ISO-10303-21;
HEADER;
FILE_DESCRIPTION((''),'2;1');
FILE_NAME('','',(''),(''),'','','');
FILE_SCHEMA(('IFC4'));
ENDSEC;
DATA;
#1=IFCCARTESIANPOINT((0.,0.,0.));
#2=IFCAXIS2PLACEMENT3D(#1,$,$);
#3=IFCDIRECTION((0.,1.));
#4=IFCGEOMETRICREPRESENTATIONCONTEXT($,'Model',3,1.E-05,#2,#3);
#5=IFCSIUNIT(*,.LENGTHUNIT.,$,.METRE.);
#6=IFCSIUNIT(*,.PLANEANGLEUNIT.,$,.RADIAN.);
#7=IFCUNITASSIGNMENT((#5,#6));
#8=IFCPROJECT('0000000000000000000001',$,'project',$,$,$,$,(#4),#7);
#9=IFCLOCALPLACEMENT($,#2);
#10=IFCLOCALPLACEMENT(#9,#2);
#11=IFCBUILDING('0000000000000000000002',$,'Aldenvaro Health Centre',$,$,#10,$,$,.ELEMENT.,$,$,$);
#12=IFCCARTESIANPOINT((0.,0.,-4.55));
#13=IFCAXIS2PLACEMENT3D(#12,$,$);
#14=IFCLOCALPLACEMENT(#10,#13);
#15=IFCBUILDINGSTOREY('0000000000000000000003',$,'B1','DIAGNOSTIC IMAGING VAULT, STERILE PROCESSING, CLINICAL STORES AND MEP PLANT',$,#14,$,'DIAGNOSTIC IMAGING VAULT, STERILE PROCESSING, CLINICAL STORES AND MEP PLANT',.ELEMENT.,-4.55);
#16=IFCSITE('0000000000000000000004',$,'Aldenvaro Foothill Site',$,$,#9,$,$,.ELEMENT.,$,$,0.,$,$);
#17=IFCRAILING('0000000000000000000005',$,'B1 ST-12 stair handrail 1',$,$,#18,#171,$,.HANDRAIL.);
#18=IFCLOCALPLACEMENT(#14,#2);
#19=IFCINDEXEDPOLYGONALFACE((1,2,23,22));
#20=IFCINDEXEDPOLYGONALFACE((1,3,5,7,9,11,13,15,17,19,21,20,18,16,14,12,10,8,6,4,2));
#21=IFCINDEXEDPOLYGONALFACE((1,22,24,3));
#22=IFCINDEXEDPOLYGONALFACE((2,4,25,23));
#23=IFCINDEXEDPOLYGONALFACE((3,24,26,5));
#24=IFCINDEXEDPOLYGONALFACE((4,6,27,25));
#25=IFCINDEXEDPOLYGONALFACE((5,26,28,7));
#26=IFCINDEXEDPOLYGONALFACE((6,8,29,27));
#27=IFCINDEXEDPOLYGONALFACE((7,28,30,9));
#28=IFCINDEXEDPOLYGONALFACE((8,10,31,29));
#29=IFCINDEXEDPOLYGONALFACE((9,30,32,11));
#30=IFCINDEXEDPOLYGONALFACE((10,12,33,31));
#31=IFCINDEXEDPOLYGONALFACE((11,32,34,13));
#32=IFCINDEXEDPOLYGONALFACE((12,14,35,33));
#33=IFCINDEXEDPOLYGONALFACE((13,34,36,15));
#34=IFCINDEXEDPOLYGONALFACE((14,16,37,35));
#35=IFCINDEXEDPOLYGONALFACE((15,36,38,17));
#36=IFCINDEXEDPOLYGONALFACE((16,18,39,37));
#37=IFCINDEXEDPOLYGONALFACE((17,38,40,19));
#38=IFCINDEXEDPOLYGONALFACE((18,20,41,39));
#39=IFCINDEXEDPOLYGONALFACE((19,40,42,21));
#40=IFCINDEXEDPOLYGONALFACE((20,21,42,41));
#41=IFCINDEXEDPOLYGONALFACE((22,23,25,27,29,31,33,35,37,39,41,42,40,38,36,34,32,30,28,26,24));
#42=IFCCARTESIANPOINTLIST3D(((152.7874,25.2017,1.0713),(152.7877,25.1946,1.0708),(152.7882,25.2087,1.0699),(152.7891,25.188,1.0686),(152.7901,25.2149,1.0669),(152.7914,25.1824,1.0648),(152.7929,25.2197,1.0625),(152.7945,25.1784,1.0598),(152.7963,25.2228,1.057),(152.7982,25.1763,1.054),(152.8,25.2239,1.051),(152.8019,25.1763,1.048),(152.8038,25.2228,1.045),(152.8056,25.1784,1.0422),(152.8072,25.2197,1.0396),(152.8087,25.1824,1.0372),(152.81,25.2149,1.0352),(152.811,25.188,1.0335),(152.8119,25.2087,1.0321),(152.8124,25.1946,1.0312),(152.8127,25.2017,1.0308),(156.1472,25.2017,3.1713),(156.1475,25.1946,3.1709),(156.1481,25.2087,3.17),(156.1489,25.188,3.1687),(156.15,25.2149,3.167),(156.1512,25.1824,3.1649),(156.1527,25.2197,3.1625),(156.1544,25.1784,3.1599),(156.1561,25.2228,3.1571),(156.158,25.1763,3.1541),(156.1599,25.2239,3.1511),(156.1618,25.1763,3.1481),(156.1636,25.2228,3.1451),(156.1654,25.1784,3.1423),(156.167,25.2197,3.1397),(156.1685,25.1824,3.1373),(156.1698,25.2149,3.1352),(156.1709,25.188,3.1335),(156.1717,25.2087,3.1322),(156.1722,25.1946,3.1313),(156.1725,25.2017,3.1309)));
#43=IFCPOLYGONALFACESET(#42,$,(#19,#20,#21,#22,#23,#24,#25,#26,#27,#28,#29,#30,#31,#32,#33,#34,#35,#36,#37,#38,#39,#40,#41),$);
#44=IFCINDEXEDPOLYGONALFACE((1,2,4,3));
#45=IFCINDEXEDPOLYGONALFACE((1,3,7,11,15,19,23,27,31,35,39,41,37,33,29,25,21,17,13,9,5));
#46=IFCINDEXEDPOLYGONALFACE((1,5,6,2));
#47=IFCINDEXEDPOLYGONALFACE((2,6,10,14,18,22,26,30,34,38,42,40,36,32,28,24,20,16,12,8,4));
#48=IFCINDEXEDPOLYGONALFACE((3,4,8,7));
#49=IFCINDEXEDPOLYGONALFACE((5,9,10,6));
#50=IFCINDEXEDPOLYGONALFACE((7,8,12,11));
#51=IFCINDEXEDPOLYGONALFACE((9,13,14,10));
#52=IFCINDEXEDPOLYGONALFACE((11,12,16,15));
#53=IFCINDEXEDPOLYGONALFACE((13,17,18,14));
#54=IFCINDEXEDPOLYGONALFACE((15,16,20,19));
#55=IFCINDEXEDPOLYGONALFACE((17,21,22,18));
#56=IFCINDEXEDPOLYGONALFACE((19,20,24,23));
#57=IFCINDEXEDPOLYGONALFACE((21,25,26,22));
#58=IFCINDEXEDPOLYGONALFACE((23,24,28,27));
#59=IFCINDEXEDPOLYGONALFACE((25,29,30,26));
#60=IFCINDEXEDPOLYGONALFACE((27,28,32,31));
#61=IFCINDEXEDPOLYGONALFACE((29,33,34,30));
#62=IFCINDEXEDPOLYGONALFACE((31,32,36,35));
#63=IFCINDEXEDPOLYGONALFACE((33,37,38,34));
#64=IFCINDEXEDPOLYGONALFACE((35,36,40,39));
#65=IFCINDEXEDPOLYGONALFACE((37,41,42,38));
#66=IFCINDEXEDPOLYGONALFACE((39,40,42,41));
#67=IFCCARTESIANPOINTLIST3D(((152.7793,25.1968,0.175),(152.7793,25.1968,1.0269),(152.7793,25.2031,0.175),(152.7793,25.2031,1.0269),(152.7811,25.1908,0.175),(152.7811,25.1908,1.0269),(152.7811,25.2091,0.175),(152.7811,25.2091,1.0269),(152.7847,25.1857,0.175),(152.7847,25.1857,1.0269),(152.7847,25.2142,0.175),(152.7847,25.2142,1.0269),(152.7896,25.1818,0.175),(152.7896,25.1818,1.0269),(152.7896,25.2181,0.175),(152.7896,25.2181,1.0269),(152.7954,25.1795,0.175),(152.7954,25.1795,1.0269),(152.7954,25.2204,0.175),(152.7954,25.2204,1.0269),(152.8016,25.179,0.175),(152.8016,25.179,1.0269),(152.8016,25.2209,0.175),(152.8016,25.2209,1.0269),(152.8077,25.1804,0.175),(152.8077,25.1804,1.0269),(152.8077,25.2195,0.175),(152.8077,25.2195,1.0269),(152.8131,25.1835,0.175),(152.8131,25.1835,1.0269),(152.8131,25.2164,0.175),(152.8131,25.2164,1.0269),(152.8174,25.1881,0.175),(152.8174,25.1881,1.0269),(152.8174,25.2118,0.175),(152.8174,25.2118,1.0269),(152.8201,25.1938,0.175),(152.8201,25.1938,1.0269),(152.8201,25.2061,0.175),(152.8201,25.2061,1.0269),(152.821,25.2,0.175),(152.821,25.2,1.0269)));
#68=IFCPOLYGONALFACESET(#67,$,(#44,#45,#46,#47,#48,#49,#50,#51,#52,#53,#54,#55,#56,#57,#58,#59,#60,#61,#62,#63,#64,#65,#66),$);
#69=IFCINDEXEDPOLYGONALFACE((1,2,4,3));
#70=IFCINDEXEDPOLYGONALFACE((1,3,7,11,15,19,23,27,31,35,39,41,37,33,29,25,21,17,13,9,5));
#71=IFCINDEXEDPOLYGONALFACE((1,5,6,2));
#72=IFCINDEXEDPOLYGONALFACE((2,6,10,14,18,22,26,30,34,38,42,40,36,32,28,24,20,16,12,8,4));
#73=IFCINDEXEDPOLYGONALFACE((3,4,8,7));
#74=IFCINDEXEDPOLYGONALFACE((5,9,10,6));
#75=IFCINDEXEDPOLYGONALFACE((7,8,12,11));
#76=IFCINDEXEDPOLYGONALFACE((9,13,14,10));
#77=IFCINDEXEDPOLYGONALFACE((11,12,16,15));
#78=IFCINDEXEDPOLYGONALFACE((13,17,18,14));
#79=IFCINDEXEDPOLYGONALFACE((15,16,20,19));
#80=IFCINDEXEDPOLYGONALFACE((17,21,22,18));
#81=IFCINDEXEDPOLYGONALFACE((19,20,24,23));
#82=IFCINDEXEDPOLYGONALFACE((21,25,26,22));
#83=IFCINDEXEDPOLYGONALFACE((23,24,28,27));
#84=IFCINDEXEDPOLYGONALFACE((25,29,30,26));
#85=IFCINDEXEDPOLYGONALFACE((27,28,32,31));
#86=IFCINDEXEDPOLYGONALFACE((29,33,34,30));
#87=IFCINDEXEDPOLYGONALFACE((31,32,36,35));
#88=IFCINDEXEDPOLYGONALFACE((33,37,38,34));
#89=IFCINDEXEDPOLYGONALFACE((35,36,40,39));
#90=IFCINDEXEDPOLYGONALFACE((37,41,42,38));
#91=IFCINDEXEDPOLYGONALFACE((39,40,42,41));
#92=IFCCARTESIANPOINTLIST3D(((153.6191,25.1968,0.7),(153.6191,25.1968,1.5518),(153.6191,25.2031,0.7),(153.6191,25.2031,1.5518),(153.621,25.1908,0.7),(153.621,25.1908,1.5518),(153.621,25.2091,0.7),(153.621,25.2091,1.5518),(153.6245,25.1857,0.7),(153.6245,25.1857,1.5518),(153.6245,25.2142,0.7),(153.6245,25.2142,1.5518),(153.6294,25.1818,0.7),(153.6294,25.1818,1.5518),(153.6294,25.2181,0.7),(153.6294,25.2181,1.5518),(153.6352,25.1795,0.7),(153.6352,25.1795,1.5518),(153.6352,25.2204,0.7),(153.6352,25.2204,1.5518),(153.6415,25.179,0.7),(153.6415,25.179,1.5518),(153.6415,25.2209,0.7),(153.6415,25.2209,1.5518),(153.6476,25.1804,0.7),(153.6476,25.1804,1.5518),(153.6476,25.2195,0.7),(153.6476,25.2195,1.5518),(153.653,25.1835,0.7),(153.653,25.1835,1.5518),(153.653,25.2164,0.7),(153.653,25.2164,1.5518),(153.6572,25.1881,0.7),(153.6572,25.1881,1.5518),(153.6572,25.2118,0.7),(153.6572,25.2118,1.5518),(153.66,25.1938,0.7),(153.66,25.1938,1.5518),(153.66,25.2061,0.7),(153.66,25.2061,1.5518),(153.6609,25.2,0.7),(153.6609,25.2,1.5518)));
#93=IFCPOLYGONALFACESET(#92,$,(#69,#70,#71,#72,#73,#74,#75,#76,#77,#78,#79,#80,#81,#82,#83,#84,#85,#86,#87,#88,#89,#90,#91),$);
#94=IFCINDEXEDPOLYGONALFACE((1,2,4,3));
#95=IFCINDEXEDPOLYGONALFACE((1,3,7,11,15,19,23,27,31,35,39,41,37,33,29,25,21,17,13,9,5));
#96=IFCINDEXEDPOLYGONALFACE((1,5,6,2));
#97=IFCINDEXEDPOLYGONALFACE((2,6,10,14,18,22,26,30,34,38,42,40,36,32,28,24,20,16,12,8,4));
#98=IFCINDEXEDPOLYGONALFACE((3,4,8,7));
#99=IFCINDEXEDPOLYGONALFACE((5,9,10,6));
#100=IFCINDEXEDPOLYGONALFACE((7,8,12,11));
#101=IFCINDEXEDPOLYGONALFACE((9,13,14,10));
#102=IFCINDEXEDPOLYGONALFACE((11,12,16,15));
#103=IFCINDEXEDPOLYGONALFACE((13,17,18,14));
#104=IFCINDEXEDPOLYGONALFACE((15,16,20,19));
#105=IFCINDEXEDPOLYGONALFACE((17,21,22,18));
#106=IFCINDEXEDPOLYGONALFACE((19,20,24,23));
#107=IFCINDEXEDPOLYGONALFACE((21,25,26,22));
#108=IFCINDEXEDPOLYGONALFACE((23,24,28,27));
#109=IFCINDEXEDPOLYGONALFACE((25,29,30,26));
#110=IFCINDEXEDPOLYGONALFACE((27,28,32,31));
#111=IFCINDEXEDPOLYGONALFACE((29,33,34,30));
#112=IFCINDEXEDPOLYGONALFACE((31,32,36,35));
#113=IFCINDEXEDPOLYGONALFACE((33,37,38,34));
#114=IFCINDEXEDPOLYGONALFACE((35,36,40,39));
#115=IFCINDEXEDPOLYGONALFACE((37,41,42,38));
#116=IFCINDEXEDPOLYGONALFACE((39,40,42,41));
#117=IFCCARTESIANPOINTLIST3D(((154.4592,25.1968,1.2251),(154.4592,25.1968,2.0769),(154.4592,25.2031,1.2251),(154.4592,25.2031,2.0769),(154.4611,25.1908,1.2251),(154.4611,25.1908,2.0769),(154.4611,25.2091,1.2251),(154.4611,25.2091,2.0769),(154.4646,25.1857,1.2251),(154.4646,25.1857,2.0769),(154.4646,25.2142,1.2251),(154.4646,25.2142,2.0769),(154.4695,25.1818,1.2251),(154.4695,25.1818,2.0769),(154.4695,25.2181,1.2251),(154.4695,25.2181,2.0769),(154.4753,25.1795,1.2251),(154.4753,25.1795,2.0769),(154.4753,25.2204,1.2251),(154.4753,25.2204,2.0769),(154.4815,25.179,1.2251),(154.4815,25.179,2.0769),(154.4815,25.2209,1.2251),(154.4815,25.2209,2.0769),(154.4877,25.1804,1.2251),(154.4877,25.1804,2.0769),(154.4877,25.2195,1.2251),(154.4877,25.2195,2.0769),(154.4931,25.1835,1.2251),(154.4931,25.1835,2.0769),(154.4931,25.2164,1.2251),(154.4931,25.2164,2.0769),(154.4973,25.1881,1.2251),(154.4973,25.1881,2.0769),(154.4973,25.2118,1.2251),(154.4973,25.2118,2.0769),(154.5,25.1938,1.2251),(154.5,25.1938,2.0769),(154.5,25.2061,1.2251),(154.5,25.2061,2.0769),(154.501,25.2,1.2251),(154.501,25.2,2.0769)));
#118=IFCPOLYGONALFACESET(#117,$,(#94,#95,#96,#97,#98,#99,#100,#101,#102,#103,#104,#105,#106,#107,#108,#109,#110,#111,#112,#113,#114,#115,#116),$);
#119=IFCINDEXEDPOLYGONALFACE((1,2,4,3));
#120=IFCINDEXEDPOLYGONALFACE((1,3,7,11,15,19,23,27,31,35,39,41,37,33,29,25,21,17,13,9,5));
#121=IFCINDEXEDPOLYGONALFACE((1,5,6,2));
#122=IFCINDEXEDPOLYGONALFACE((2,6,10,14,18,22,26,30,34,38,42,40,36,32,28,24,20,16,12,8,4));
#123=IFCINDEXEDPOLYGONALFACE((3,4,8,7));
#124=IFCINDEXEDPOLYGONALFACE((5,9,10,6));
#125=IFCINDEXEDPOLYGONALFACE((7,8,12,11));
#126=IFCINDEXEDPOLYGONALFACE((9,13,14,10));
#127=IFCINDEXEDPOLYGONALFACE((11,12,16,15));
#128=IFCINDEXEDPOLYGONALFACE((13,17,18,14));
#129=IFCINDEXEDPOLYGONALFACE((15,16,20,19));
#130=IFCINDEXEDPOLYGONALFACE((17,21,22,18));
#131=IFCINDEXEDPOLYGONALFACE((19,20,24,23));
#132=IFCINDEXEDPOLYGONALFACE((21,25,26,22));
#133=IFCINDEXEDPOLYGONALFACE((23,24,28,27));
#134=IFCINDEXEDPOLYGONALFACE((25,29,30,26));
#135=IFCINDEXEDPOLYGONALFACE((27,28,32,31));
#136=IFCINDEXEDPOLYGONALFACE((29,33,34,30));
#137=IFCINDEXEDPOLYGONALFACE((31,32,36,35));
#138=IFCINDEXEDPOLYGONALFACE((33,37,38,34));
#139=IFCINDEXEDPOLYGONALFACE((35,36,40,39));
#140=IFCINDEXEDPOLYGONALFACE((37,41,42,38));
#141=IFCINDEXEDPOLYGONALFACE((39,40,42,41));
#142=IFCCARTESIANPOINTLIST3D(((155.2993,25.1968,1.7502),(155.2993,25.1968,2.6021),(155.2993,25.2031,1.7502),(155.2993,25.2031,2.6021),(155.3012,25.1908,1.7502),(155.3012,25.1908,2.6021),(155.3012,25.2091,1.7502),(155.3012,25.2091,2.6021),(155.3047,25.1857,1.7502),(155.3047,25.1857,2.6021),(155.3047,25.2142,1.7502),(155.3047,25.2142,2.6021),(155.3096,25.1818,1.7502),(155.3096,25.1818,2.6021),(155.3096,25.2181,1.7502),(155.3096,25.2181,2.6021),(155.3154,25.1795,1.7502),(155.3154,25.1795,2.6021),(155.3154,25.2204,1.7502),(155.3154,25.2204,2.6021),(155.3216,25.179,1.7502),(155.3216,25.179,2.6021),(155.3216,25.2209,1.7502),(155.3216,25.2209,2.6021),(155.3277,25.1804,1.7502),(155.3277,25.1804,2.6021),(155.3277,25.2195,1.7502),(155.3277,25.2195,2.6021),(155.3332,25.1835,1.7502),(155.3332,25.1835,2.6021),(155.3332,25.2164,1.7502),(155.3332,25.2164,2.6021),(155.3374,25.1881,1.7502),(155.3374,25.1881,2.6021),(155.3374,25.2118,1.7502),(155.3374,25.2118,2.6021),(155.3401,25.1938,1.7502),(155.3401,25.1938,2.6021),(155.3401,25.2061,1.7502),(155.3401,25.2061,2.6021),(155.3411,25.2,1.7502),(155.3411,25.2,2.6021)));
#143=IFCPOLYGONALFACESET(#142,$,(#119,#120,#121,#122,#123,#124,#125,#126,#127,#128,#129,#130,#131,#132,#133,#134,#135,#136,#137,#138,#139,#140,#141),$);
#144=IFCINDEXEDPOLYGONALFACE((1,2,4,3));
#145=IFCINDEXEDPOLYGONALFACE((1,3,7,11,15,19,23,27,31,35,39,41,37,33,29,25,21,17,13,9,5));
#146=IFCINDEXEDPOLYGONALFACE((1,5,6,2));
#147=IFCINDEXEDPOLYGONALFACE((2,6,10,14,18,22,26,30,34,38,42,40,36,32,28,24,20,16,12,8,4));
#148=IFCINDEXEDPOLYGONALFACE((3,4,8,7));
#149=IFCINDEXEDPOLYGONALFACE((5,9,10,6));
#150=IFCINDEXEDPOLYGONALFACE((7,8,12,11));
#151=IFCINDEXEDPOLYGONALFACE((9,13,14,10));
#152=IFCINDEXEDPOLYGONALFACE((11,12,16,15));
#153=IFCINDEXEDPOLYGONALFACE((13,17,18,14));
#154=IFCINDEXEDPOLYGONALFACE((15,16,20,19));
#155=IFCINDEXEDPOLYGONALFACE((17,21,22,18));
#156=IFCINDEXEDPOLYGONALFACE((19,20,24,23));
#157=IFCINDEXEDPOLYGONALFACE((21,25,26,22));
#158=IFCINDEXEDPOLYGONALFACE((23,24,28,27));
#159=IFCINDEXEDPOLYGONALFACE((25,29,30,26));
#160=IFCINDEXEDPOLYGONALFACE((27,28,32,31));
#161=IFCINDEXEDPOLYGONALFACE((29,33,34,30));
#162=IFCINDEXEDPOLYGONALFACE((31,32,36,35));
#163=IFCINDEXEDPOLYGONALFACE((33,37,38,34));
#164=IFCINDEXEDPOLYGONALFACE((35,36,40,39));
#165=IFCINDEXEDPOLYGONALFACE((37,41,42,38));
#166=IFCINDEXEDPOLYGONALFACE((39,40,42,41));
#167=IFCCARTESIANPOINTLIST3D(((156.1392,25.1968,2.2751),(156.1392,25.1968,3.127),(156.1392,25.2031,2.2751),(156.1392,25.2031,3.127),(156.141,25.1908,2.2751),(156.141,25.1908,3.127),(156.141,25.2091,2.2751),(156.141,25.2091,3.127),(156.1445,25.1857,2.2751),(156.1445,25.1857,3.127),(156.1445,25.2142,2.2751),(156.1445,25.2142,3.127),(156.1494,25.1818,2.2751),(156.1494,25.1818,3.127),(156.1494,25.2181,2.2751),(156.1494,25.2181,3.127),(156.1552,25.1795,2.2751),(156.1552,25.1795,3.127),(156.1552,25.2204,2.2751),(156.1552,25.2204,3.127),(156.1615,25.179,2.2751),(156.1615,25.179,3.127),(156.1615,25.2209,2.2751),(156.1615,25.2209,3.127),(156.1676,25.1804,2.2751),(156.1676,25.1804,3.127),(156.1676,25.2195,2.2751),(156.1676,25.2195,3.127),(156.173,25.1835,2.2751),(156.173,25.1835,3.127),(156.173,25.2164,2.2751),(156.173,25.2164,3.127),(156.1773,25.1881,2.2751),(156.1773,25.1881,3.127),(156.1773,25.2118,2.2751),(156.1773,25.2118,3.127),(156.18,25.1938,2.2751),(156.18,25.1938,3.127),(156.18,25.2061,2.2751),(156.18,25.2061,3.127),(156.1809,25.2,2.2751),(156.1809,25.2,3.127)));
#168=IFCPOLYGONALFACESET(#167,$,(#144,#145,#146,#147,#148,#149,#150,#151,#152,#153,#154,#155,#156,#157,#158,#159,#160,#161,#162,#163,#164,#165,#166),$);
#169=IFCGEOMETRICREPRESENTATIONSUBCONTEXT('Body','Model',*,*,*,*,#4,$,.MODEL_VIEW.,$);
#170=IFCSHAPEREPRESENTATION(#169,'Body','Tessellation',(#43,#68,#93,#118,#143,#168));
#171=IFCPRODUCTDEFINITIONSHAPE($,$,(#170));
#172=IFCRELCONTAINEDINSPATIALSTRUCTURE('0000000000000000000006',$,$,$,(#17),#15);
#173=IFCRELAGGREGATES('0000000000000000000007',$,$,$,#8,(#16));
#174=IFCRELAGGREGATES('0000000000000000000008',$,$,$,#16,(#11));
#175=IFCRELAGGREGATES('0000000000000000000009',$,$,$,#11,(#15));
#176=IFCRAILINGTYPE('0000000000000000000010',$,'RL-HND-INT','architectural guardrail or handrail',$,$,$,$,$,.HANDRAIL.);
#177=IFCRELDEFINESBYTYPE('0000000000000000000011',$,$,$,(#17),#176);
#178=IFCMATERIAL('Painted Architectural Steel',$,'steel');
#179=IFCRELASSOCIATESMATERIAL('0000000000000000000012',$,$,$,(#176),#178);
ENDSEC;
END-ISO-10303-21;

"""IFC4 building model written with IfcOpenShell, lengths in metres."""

from ifc_helpers import new_model, si_unit, direction, frame, origin, origin_2d, place, context, subcontext, project, spatial, circle, extrude, material, type_object, element, save


model = new_model("IFC4")

# Units and contexts
model_context = context("Model", 3, precision=1e-05, world=origin(), true_north=direction((0.0, 1.0)))
body_context = subcontext(model_context, "Body", "Model", "MODEL_VIEW")
ifc_project = project(units=[si_unit("LENGTHUNIT", "METRE"), si_unit("PLANEANGLEUNIT", "RADIAN")], contexts=[model_context])

# Site, building, storey
site_placement = place(None, origin())
site = spatial("IfcSite", under=ifc_project, at=site_placement, Name="Aldenvaro Foothill Site", CompositionType="ELEMENT", RefElevation=0.0)
building_placement = place(site_placement, origin())
building = spatial("IfcBuilding", under=site, at=building_placement, Name="Aldenvaro Health Centre", CompositionType="ELEMENT")
storey_placement = place(building_placement, frame((0.0, 0.0, -4.55)))
storey = spatial("IfcBuildingStorey", under=building, at=storey_placement, Name="B1", Description="DIAGNOSTIC IMAGING VAULT, STERILE PROCESSING, CLINICAL STORES AND MEP PLANT", LongName="DIAGNOSTIC IMAGING VAULT, STERILE PROCESSING, CLINICAL STORES AND MEP PLANT", CompositionType="ELEMENT", Elevation=-4.55)

# Railing
ifc_material_1 = material(Name="Painted Architectural Steel", Category="steel")
railing_type_1 = type_object("IfcRailingType", Name="RL-HND-INT", Description="architectural guardrail or handrail", PredefinedType="HANDRAIL", material=ifc_material_1)
railing_1_placement = place(storey_placement, frame((152.8, 25.2, 0.175)))
element("IfcRailing", 1, at=railing_1_placement, inside=storey, type_object=railing_type_1, Name="B1 ST-12 stair handrail 1", PredefinedType="HANDRAIL", context=body_context, shape_type="SweptSolid", body=[
    extrude(circle(Radius=0.0239, at=origin_2d()), frame((0.0, 0.0, 0.876), z_axis=(0.847978, 0.0, 0.530032), x_axis=(0.0, 1.0, 0.0)), (0.0, 0.0, 1.0), 3.9622),
    extrude(circle(Radius=0.021, at=origin_2d()), origin(), (0.0, 0.0, 1.0), 0.8518),
    extrude(circle(Radius=0.021, at=origin_2d()), frame((0.8398, 0.0, 0.5249)), (0.0, 0.0, 1.0), 0.8518),
    extrude(circle(Radius=0.021, at=origin_2d()), frame((1.6799, 0.0, 1.05)), (0.0, 0.0, 1.0), 0.8518),
    extrude(circle(Radius=0.021, at=origin_2d()), frame((2.52, 0.0, 1.5752)), (0.0, 0.0, 1.0), 0.8518),
    extrude(circle(Radius=0.021, at=origin_2d()), frame((3.3599, 0.0, 2.1001)), (0.0, 0.0, 1.0), 0.8518),
])

save(model, "model.ifc")
